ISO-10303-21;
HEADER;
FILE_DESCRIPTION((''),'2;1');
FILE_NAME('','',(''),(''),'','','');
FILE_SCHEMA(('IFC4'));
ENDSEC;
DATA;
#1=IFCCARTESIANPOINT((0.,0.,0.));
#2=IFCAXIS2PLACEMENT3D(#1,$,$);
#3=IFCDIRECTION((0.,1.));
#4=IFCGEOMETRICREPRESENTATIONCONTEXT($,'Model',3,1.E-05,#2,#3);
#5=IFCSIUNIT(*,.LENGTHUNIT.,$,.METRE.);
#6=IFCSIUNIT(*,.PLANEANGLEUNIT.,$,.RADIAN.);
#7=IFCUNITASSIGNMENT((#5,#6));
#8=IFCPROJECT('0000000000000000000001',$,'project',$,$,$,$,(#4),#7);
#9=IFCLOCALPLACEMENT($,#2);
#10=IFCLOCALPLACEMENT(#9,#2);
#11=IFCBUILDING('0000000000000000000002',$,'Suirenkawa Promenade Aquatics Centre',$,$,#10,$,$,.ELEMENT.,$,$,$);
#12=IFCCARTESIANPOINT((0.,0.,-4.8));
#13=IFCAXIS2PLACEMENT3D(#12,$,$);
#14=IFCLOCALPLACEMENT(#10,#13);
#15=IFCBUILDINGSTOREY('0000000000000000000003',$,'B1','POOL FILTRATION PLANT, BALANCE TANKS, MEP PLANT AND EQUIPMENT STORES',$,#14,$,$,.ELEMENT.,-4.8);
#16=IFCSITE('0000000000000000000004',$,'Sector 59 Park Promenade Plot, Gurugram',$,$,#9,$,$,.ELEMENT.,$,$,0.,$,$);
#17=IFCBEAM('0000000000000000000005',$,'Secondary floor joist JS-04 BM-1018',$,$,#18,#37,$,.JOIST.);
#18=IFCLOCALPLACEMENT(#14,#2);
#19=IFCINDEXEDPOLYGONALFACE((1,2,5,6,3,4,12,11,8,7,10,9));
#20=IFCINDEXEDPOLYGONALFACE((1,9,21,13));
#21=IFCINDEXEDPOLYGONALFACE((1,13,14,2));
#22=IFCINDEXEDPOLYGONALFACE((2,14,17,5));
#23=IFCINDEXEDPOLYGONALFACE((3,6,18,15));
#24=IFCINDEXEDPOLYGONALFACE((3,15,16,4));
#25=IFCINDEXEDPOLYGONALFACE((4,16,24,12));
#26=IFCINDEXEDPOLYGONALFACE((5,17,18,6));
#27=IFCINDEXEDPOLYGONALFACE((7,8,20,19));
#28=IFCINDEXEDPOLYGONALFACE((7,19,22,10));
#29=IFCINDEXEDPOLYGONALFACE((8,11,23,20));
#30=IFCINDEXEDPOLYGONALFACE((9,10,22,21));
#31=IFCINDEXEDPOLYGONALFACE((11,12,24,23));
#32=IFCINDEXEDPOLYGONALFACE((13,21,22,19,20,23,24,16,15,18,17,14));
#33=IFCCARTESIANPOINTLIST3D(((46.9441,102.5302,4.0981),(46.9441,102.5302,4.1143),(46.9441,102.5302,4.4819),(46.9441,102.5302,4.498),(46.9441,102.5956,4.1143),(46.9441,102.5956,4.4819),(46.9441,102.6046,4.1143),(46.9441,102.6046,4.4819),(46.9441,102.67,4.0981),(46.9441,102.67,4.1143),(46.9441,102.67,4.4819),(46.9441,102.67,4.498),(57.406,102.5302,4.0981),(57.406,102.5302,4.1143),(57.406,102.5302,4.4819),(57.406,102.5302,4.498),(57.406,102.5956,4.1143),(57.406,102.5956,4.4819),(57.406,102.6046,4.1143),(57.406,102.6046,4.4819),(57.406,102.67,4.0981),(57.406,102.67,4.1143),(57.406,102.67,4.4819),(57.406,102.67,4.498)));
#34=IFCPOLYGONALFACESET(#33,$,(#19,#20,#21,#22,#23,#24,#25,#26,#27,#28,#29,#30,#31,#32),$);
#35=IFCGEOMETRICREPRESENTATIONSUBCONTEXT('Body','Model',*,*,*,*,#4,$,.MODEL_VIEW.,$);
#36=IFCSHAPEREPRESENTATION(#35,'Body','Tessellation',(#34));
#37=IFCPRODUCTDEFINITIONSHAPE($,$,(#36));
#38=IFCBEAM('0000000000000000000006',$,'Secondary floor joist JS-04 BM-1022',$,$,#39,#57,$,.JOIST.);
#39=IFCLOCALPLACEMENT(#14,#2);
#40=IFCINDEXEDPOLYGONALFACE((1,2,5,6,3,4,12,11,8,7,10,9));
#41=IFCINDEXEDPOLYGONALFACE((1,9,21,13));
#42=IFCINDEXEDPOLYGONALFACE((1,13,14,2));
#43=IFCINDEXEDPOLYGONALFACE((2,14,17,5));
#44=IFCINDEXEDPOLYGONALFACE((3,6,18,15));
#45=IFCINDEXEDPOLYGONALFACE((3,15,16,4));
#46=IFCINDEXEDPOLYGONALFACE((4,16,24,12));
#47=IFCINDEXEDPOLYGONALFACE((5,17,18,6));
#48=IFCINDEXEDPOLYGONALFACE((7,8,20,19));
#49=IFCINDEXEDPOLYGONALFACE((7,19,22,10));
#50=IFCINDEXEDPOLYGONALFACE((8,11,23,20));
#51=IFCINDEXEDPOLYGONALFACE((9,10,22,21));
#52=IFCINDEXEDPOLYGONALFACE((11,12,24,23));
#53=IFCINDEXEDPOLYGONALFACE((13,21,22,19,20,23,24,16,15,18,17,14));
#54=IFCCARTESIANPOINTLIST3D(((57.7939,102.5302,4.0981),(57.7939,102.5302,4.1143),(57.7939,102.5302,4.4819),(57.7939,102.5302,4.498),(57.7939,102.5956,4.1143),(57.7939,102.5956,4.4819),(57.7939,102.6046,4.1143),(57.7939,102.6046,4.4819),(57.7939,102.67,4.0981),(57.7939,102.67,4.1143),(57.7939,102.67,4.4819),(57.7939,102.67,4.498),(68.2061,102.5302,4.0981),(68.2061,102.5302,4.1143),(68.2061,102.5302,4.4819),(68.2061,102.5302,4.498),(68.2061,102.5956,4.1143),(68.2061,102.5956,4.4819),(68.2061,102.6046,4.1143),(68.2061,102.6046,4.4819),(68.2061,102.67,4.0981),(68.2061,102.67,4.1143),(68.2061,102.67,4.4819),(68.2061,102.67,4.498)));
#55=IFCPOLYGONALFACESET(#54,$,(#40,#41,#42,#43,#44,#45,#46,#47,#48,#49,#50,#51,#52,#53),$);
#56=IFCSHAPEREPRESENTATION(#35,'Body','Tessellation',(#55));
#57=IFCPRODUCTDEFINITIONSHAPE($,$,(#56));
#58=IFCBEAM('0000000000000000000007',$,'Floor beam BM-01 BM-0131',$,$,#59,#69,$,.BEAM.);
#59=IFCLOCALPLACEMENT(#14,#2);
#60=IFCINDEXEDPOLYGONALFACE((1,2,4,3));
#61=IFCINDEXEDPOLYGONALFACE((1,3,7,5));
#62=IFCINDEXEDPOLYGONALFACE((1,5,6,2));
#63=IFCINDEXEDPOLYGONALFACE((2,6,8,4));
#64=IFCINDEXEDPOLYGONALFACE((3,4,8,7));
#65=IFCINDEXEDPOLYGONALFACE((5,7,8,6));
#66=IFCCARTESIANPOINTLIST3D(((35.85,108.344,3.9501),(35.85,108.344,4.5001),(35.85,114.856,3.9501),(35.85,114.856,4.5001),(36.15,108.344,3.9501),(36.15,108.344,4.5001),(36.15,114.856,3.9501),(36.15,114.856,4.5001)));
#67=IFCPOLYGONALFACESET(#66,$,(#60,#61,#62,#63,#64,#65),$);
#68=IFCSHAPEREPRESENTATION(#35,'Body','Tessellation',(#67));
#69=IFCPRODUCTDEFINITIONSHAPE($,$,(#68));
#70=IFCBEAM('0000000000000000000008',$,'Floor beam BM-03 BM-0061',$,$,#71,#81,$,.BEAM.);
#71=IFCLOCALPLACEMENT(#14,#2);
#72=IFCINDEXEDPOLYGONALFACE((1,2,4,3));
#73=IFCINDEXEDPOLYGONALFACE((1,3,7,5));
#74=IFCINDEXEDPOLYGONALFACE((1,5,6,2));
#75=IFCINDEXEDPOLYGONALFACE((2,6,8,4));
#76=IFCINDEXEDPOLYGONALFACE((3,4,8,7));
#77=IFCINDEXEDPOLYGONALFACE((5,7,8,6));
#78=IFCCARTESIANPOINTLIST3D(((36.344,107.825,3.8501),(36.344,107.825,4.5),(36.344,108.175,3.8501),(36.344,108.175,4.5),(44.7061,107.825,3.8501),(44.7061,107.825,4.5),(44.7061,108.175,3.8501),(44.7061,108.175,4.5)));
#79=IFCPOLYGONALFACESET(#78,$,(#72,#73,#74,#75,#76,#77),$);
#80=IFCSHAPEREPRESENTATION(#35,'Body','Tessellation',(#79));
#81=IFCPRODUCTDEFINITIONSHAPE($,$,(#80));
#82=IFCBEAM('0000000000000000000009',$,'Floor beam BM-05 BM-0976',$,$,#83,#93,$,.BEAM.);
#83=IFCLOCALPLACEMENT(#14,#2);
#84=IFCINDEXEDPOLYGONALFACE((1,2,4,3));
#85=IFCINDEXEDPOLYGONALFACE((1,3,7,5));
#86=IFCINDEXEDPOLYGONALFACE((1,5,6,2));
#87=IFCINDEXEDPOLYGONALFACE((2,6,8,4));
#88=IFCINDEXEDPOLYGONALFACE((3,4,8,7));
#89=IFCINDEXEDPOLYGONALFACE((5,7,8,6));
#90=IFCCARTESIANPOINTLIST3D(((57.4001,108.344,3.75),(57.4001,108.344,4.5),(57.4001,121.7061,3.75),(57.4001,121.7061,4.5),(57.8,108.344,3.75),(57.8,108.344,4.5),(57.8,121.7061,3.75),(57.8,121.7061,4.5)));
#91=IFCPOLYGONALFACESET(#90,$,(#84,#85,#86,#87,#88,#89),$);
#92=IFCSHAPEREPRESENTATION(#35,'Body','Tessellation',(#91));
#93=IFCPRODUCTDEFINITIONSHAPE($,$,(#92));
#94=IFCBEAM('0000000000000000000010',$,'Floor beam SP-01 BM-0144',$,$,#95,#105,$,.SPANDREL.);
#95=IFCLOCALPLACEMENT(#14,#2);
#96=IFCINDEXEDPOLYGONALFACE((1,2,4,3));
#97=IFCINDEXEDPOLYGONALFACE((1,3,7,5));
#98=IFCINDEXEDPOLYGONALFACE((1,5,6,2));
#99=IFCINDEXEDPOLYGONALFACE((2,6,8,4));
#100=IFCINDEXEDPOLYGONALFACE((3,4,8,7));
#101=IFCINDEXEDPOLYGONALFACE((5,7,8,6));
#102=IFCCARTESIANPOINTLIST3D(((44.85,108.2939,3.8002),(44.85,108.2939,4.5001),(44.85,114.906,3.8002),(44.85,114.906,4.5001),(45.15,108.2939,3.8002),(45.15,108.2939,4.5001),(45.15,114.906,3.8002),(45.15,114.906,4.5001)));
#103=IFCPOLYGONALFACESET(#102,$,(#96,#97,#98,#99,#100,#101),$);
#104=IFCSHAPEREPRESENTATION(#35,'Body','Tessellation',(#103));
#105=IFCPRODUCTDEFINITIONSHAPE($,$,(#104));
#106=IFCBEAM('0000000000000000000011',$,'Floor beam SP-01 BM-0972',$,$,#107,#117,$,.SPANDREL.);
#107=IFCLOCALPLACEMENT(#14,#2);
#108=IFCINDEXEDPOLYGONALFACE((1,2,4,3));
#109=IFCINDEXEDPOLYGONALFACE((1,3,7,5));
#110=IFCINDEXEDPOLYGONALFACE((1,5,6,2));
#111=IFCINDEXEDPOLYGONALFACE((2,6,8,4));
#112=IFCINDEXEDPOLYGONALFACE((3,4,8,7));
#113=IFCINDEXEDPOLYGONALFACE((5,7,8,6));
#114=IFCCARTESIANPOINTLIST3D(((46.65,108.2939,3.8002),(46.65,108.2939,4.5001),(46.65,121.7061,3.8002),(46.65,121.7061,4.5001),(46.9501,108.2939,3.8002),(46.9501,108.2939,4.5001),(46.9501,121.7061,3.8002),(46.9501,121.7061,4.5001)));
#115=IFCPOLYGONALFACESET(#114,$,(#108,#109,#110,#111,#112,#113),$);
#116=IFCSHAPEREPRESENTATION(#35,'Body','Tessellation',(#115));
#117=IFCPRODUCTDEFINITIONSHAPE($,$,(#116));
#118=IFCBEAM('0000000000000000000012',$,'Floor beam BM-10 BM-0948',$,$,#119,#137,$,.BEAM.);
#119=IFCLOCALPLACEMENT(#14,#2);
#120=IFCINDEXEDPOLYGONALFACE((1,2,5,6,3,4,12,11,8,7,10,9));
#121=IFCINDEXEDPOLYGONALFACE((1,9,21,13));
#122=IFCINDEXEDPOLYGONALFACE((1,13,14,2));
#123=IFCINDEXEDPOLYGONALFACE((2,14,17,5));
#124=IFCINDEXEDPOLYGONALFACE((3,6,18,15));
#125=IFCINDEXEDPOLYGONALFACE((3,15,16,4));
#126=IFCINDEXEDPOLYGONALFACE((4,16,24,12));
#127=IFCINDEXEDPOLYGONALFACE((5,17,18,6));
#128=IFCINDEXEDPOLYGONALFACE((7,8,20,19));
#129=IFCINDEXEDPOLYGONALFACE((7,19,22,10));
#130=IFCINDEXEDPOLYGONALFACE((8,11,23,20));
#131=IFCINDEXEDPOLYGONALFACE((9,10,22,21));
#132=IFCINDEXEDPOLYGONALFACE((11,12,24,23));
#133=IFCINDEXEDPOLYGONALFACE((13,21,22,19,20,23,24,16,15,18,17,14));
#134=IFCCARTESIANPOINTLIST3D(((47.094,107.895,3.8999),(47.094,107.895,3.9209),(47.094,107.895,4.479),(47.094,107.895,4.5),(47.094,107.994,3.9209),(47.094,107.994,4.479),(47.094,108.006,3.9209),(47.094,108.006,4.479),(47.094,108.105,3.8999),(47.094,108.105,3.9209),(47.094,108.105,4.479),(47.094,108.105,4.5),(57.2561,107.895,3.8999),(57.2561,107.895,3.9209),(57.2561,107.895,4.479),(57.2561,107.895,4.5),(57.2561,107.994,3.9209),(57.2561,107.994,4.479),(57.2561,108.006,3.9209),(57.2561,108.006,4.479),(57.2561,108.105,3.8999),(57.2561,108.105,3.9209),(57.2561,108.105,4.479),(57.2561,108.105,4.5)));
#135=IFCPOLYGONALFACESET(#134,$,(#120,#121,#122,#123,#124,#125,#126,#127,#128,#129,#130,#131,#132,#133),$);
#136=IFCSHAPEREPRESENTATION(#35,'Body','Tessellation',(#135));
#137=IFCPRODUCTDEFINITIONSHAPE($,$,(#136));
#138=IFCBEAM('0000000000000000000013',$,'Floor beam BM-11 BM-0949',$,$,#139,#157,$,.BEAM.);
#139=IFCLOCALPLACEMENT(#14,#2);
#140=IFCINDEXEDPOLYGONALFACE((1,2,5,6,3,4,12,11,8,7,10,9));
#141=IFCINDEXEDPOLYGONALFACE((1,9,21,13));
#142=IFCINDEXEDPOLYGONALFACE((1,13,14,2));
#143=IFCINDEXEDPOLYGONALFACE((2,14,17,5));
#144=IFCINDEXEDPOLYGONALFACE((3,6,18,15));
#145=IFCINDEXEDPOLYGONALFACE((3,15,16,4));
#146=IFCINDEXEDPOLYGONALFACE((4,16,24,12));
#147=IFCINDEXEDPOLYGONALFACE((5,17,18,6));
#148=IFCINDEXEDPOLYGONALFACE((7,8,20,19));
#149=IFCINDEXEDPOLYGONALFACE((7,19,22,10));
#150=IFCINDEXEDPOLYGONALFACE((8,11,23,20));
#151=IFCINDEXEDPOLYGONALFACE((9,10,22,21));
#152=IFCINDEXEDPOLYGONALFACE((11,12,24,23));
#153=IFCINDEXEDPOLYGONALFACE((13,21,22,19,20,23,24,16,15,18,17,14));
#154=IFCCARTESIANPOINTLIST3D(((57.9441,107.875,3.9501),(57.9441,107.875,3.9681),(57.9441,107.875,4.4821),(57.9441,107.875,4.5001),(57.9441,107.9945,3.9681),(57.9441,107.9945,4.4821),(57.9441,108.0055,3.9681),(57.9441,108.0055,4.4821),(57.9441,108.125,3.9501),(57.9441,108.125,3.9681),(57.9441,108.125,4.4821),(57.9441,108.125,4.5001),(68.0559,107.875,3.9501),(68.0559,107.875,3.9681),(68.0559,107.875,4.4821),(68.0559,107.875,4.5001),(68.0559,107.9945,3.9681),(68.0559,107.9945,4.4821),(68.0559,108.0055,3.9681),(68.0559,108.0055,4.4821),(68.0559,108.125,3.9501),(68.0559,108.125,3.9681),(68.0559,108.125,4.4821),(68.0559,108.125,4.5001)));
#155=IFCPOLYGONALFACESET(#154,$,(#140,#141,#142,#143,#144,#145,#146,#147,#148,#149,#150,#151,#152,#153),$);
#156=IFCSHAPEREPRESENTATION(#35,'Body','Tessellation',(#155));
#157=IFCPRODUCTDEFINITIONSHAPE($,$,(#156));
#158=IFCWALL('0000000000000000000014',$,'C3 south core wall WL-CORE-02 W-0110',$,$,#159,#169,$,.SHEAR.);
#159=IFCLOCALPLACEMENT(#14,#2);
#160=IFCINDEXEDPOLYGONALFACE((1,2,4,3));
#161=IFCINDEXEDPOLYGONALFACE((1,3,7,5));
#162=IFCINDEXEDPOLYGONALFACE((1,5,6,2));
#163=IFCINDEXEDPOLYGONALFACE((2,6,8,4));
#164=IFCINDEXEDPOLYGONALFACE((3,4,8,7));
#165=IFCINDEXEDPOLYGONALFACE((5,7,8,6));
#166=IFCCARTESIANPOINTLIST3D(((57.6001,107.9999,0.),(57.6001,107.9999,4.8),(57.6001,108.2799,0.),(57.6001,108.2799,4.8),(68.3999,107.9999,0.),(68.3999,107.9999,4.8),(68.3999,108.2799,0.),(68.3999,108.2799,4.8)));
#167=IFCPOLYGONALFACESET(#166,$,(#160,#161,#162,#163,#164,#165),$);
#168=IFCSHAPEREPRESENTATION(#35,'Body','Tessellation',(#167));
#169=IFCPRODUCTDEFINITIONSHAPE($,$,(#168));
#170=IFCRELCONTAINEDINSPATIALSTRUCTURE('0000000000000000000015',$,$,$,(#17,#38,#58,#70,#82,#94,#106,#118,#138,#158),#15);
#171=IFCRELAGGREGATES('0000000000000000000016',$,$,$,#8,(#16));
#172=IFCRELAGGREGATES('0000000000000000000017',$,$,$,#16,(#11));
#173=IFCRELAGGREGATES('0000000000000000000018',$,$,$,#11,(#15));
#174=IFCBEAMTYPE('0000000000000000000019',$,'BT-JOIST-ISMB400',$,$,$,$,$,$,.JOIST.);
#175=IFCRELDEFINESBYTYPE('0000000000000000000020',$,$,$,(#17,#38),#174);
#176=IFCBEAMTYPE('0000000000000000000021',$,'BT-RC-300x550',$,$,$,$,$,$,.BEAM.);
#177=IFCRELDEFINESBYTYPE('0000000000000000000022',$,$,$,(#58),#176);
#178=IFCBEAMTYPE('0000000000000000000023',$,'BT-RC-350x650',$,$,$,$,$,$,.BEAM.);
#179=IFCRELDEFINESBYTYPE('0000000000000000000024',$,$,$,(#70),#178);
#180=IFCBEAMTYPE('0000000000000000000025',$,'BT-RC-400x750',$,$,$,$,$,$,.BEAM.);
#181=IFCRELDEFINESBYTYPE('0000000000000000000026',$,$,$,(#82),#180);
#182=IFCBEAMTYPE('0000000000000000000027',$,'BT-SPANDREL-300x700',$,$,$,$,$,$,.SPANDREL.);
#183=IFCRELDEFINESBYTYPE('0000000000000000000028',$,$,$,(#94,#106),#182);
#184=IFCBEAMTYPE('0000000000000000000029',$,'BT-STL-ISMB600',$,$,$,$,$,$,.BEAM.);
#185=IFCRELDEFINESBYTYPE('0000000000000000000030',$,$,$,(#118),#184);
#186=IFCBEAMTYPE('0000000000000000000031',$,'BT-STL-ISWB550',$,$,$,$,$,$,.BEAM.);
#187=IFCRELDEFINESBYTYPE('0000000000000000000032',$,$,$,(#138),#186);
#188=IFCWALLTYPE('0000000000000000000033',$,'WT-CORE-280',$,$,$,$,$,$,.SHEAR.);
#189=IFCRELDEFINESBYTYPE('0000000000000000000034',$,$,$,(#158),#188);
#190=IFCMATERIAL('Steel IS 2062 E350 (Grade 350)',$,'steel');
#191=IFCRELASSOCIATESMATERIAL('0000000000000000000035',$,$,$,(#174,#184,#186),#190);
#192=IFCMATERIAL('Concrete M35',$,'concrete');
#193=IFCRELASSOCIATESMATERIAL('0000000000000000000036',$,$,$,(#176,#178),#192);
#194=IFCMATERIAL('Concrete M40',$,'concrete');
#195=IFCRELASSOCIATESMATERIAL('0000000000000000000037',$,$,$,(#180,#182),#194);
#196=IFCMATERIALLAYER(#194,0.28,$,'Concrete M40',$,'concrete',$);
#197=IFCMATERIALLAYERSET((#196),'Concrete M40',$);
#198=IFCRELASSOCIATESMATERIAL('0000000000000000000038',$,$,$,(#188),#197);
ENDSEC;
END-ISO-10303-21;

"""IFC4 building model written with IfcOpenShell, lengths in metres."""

from ifc_helpers import new_model, si_unit, direction, frame, frame_2d, origin, origin_2d, place, context, subcontext, project, spatial, rectangle, i_section, extrude, material, layer, layer_set, material_profile, profile_set, type_object, element, save


model = new_model("IFC4")

# Units and contexts
model_context = context("Model", 3, precision=1e-05, world=origin(), true_north=direction((0.0, 1.0)))
body_context = subcontext(model_context, "Body", "Model", "MODEL_VIEW")
ifc_project = project(units=[si_unit("LENGTHUNIT", "METRE"), si_unit("PLANEANGLEUNIT", "RADIAN")], contexts=[model_context])

# Site, building, storey
site_placement = place(None, origin())
site = spatial("IfcSite", under=ifc_project, at=site_placement, Name="Sector 59 Park Promenade Plot, Gurugram", CompositionType="ELEMENT", RefElevation=0.0)
building_placement = place(site_placement, origin())
building = spatial("IfcBuilding", under=site, at=building_placement, Name="Suirenkawa Promenade Aquatics Centre", CompositionType="ELEMENT")
storey_placement = place(building_placement, frame((0.0, 0.0, -4.8)))
storey = spatial("IfcBuildingStorey", under=building, at=storey_placement, Name="B1", Description="POOL FILTRATION PLANT, BALANCE TANKS, MEP PLANT AND EQUIPMENT STORES", CompositionType="ELEMENT", Elevation=-4.8)

# Shared definitions
ifc_material_1 = material(Name="Concrete M35", Category="concrete")

# Shared definitions
ifc_material_2 = material(Name="Concrete M40", Category="concrete")

# Beams
ifc_material_3 = material(Name="Steel IS 2062 E350 (Grade 350)", Category="steel")
ifc_material_profile_1 = material_profile(ifc_material_3, i_section(OverallWidth=0.1399, OverallDepth=0.3999, WebThickness=0.009, FlangeThickness=0.0161, at=origin_2d()), Name="ISMB 400", Category="steel")
ifc_profile_set_1 = profile_set([ifc_material_profile_1], Name="Steel IS 2062 E350 (Grade 350)")
beam_type_1 = type_object("IfcBeamType", Name="BT-JOIST-ISMB400", PredefinedType="JOIST", material=ifc_profile_set_1)
beam_1_placement = place(storey_placement, frame((46.9441, 102.6001, 4.2981), z_axis=(1.0, 0.0, 0.0), x_axis=(0.0, 1.0, 0.0)))
element("IfcBeam", 1, at=beam_1_placement, inside=storey, type_object=beam_type_1, Name="Secondary floor joist JS-04 BM-1018", PredefinedType="JOIST", context=body_context, shape_type="SweptSolid", body=[
    extrude(i_section(OverallWidth=0.1399, OverallDepth=0.3999, WebThickness=0.009, FlangeThickness=0.0161, at=origin_2d()), origin(), (0.0, 0.0, 1.0), 10.4619),
])
beam_2_placement = place(storey_placement, frame((57.7939, 102.6001, 4.2981), z_axis=(1.0, 0.0, 0.0), x_axis=(0.0, 1.0, 0.0)))
element("IfcBeam", 2, at=beam_2_placement, inside=storey, type_object=beam_type_1, Name="Secondary floor joist JS-04 BM-1022", PredefinedType="JOIST", context=body_context, shape_type="SweptSolid", body=[
    extrude(i_section(OverallWidth=0.1399, OverallDepth=0.3999, WebThickness=0.009, FlangeThickness=0.0161, at=origin_2d()), origin(), (0.0, 0.0, 1.0), 10.4121),
])
ifc_material_profile_2 = material_profile(ifc_material_1, rectangle(XDim=0.3, YDim=0.55, at=origin_2d()), Name="RC BM 300x550", Category="concrete")
ifc_profile_set_2 = profile_set([ifc_material_profile_2], Name="Concrete M35")
beam_type_2 = type_object("IfcBeamType", Name="BT-RC-300x550", PredefinedType="BEAM", material=ifc_profile_set_2)
beam_3_placement = place(storey_placement, frame((36.0, 108.344, 4.2251), z_axis=(0.0, 1.0, 0.0), x_axis=(-1.0, 0.0, 0.0)))
element("IfcBeam", 3, at=beam_3_placement, inside=storey, type_object=beam_type_2, Name="Floor beam BM-01 BM-0131", PredefinedType="BEAM", context=body_context, shape_type="SweptSolid", body=[
    extrude(rectangle(XDim=0.3, YDim=0.55, at=origin_2d()), origin(), (0.0, 0.0, 1.0), 6.512),
])
ifc_material_profile_3 = material_profile(ifc_material_1, rectangle(XDim=0.3501, YDim=0.6499, at=origin_2d()), Name="RC BM 350x650", Category="concrete")
ifc_profile_set_3 = profile_set([ifc_material_profile_3], Name="Concrete M35")
beam_type_3 = type_object("IfcBeamType", Name="BT-RC-350x650", PredefinedType="BEAM", material=ifc_profile_set_3)
beam_4_placement = place(storey_placement, frame((36.344, 108.0, 4.175), z_axis=(1.0, 0.0, 0.0), x_axis=(0.0, 1.0, 0.0)))
element("IfcBeam", 4, at=beam_4_placement, inside=storey, type_object=beam_type_3, Name="Floor beam BM-03 BM-0061", PredefinedType="BEAM", context=body_context, shape_type="SweptSolid", body=[
    extrude(rectangle(XDim=0.3501, YDim=0.6499, at=origin_2d()), origin(), (0.0, 0.0, 1.0), 8.3621),
])
ifc_material_profile_4 = material_profile(ifc_material_2, rectangle(XDim=0.3999, YDim=0.75, at=origin_2d()), Name="RC BM 400x750", Category="concrete")
ifc_profile_set_4 = profile_set([ifc_material_profile_4], Name="Concrete M40")
beam_type_4 = type_object("IfcBeamType", Name="BT-RC-400x750", PredefinedType="BEAM", material=ifc_profile_set_4)
beam_5_placement = place(storey_placement, frame((57.6001, 108.344, 4.125), z_axis=(0.0, 1.0, 0.0), x_axis=(-1.0, 0.0, 0.0)))
element("IfcBeam", 5, at=beam_5_placement, inside=storey, type_object=beam_type_4, Name="Floor beam BM-05 BM-0976", PredefinedType="BEAM", context=body_context, shape_type="SweptSolid", body=[
    extrude(rectangle(XDim=0.3999, YDim=0.75, at=origin_2d()), origin(), (0.0, 0.0, 1.0), 13.3621),
])
ifc_material_profile_5 = material_profile(ifc_material_2, rectangle(XDim=0.3, YDim=0.7, at=origin_2d()), Name="RC SPANDREL 300x700", Category="concrete")
ifc_profile_set_5 = profile_set([ifc_material_profile_5], Name="Concrete M40")
beam_type_5 = type_object("IfcBeamType", Name="BT-SPANDREL-300x700", PredefinedType="SPANDREL", material=ifc_profile_set_5)
beam_6_placement = place(storey_placement, frame((45.0, 108.2939, 4.1501), z_axis=(0.0, 1.0, 0.0), x_axis=(-1.0, 0.0, 0.0)))
element("IfcBeam", 6, at=beam_6_placement, inside=storey, type_object=beam_type_5, Name="Floor beam SP-01 BM-0144", PredefinedType="SPANDREL", context=body_context, shape_type="SweptSolid", body=[
    extrude(rectangle(XDim=0.3, YDim=0.7, at=origin_2d()), origin(), (0.0, 0.0, 1.0), 6.6121),
])
beam_7_placement = place(storey_placement, frame((46.8, 108.2939, 4.1501), z_axis=(0.0, 1.0, 0.0), x_axis=(-1.0, 0.0, 0.0)))
element("IfcBeam", 7, at=beam_7_placement, inside=storey, type_object=beam_type_5, Name="Floor beam SP-01 BM-0972", PredefinedType="SPANDREL", context=body_context, shape_type="SweptSolid", body=[
    extrude(rectangle(XDim=0.3, YDim=0.7, at=origin_2d()), origin(), (0.0, 0.0, 1.0), 13.4121),
])
ifc_material_profile_6 = material_profile(ifc_material_3, i_section(OverallWidth=0.21, OverallDepth=0.6001, WebThickness=0.012, FlangeThickness=0.021, at=origin_2d()), Name="ISMB 600", Category="steel")
ifc_profile_set_6 = profile_set([ifc_material_profile_6], Name="Steel IS 2062 E350 (Grade 350)")
beam_type_6 = type_object("IfcBeamType", Name="BT-STL-ISMB600", PredefinedType="BEAM", material=ifc_profile_set_6)
beam_8_placement = place(storey_placement, frame((47.094, 108.0, 4.2), z_axis=(1.0, 0.0, 0.0), x_axis=(0.0, 1.0, 0.0)))
element("IfcBeam", 8, at=beam_8_placement, inside=storey, type_object=beam_type_6, Name="Floor beam BM-10 BM-0948", PredefinedType="BEAM", context=body_context, shape_type="SweptSolid", body=[
    extrude(i_section(OverallWidth=0.21, OverallDepth=0.6001, WebThickness=0.012, FlangeThickness=0.021, at=origin_2d()), origin(), (0.0, 0.0, 1.0), 10.1621),
])
ifc_material_profile_7 = material_profile(ifc_material_3, i_section(OverallWidth=0.25, OverallDepth=0.55, WebThickness=0.011, FlangeThickness=0.0181, at=origin_2d()), Name="ISWB 550", Category="steel")
ifc_profile_set_7 = profile_set([ifc_material_profile_7], Name="Steel IS 2062 E350 (Grade 350)")
beam_type_7 = type_object("IfcBeamType", Name="BT-STL-ISWB550", PredefinedType="BEAM", material=ifc_profile_set_7)
beam_9_placement = place(storey_placement, frame((57.9441, 108.0, 4.2251), z_axis=(1.0, 0.0, 0.0), x_axis=(0.0, 1.0, 0.0)))
element("IfcBeam", 9, at=beam_9_placement, inside=storey, type_object=beam_type_7, Name="Floor beam BM-11 BM-0949", PredefinedType="BEAM", context=body_context, shape_type="SweptSolid", body=[
    extrude(i_section(OverallWidth=0.25, OverallDepth=0.55, WebThickness=0.011, FlangeThickness=0.0181, at=origin_2d()), origin(), (0.0, 0.0, 1.0), 10.1118),
])

# Wall
ifc_layer = layer(ifc_material_2, 0.28, Name="Concrete M40", Category="concrete")
ifc_layer_set = layer_set([ifc_layer], Name="Concrete M40")
wall_type = type_object("IfcWallType", Name="WT-CORE-280", PredefinedType="SHEAR", material=ifc_layer_set)
wall_1_placement = place(storey_placement, frame((57.6001, 108.1399, 0.0), z_axis=(0.0, 0.0, 1.0), x_axis=(1.0, 0.0, 0.0)))
element("IfcWall", 10, at=wall_1_placement, inside=storey, type_object=wall_type, Name="C3 south core wall WL-CORE-02 W-0110", PredefinedType="SHEAR", context=body_context, shape_type="SweptSolid", body=[
    extrude(rectangle(XDim=10.7998, YDim=0.28, at=frame_2d((5.3999, 0.0))), origin(), (0.0, 0.0, 1.0), 4.8),
])

save(model, "model.ifc")
